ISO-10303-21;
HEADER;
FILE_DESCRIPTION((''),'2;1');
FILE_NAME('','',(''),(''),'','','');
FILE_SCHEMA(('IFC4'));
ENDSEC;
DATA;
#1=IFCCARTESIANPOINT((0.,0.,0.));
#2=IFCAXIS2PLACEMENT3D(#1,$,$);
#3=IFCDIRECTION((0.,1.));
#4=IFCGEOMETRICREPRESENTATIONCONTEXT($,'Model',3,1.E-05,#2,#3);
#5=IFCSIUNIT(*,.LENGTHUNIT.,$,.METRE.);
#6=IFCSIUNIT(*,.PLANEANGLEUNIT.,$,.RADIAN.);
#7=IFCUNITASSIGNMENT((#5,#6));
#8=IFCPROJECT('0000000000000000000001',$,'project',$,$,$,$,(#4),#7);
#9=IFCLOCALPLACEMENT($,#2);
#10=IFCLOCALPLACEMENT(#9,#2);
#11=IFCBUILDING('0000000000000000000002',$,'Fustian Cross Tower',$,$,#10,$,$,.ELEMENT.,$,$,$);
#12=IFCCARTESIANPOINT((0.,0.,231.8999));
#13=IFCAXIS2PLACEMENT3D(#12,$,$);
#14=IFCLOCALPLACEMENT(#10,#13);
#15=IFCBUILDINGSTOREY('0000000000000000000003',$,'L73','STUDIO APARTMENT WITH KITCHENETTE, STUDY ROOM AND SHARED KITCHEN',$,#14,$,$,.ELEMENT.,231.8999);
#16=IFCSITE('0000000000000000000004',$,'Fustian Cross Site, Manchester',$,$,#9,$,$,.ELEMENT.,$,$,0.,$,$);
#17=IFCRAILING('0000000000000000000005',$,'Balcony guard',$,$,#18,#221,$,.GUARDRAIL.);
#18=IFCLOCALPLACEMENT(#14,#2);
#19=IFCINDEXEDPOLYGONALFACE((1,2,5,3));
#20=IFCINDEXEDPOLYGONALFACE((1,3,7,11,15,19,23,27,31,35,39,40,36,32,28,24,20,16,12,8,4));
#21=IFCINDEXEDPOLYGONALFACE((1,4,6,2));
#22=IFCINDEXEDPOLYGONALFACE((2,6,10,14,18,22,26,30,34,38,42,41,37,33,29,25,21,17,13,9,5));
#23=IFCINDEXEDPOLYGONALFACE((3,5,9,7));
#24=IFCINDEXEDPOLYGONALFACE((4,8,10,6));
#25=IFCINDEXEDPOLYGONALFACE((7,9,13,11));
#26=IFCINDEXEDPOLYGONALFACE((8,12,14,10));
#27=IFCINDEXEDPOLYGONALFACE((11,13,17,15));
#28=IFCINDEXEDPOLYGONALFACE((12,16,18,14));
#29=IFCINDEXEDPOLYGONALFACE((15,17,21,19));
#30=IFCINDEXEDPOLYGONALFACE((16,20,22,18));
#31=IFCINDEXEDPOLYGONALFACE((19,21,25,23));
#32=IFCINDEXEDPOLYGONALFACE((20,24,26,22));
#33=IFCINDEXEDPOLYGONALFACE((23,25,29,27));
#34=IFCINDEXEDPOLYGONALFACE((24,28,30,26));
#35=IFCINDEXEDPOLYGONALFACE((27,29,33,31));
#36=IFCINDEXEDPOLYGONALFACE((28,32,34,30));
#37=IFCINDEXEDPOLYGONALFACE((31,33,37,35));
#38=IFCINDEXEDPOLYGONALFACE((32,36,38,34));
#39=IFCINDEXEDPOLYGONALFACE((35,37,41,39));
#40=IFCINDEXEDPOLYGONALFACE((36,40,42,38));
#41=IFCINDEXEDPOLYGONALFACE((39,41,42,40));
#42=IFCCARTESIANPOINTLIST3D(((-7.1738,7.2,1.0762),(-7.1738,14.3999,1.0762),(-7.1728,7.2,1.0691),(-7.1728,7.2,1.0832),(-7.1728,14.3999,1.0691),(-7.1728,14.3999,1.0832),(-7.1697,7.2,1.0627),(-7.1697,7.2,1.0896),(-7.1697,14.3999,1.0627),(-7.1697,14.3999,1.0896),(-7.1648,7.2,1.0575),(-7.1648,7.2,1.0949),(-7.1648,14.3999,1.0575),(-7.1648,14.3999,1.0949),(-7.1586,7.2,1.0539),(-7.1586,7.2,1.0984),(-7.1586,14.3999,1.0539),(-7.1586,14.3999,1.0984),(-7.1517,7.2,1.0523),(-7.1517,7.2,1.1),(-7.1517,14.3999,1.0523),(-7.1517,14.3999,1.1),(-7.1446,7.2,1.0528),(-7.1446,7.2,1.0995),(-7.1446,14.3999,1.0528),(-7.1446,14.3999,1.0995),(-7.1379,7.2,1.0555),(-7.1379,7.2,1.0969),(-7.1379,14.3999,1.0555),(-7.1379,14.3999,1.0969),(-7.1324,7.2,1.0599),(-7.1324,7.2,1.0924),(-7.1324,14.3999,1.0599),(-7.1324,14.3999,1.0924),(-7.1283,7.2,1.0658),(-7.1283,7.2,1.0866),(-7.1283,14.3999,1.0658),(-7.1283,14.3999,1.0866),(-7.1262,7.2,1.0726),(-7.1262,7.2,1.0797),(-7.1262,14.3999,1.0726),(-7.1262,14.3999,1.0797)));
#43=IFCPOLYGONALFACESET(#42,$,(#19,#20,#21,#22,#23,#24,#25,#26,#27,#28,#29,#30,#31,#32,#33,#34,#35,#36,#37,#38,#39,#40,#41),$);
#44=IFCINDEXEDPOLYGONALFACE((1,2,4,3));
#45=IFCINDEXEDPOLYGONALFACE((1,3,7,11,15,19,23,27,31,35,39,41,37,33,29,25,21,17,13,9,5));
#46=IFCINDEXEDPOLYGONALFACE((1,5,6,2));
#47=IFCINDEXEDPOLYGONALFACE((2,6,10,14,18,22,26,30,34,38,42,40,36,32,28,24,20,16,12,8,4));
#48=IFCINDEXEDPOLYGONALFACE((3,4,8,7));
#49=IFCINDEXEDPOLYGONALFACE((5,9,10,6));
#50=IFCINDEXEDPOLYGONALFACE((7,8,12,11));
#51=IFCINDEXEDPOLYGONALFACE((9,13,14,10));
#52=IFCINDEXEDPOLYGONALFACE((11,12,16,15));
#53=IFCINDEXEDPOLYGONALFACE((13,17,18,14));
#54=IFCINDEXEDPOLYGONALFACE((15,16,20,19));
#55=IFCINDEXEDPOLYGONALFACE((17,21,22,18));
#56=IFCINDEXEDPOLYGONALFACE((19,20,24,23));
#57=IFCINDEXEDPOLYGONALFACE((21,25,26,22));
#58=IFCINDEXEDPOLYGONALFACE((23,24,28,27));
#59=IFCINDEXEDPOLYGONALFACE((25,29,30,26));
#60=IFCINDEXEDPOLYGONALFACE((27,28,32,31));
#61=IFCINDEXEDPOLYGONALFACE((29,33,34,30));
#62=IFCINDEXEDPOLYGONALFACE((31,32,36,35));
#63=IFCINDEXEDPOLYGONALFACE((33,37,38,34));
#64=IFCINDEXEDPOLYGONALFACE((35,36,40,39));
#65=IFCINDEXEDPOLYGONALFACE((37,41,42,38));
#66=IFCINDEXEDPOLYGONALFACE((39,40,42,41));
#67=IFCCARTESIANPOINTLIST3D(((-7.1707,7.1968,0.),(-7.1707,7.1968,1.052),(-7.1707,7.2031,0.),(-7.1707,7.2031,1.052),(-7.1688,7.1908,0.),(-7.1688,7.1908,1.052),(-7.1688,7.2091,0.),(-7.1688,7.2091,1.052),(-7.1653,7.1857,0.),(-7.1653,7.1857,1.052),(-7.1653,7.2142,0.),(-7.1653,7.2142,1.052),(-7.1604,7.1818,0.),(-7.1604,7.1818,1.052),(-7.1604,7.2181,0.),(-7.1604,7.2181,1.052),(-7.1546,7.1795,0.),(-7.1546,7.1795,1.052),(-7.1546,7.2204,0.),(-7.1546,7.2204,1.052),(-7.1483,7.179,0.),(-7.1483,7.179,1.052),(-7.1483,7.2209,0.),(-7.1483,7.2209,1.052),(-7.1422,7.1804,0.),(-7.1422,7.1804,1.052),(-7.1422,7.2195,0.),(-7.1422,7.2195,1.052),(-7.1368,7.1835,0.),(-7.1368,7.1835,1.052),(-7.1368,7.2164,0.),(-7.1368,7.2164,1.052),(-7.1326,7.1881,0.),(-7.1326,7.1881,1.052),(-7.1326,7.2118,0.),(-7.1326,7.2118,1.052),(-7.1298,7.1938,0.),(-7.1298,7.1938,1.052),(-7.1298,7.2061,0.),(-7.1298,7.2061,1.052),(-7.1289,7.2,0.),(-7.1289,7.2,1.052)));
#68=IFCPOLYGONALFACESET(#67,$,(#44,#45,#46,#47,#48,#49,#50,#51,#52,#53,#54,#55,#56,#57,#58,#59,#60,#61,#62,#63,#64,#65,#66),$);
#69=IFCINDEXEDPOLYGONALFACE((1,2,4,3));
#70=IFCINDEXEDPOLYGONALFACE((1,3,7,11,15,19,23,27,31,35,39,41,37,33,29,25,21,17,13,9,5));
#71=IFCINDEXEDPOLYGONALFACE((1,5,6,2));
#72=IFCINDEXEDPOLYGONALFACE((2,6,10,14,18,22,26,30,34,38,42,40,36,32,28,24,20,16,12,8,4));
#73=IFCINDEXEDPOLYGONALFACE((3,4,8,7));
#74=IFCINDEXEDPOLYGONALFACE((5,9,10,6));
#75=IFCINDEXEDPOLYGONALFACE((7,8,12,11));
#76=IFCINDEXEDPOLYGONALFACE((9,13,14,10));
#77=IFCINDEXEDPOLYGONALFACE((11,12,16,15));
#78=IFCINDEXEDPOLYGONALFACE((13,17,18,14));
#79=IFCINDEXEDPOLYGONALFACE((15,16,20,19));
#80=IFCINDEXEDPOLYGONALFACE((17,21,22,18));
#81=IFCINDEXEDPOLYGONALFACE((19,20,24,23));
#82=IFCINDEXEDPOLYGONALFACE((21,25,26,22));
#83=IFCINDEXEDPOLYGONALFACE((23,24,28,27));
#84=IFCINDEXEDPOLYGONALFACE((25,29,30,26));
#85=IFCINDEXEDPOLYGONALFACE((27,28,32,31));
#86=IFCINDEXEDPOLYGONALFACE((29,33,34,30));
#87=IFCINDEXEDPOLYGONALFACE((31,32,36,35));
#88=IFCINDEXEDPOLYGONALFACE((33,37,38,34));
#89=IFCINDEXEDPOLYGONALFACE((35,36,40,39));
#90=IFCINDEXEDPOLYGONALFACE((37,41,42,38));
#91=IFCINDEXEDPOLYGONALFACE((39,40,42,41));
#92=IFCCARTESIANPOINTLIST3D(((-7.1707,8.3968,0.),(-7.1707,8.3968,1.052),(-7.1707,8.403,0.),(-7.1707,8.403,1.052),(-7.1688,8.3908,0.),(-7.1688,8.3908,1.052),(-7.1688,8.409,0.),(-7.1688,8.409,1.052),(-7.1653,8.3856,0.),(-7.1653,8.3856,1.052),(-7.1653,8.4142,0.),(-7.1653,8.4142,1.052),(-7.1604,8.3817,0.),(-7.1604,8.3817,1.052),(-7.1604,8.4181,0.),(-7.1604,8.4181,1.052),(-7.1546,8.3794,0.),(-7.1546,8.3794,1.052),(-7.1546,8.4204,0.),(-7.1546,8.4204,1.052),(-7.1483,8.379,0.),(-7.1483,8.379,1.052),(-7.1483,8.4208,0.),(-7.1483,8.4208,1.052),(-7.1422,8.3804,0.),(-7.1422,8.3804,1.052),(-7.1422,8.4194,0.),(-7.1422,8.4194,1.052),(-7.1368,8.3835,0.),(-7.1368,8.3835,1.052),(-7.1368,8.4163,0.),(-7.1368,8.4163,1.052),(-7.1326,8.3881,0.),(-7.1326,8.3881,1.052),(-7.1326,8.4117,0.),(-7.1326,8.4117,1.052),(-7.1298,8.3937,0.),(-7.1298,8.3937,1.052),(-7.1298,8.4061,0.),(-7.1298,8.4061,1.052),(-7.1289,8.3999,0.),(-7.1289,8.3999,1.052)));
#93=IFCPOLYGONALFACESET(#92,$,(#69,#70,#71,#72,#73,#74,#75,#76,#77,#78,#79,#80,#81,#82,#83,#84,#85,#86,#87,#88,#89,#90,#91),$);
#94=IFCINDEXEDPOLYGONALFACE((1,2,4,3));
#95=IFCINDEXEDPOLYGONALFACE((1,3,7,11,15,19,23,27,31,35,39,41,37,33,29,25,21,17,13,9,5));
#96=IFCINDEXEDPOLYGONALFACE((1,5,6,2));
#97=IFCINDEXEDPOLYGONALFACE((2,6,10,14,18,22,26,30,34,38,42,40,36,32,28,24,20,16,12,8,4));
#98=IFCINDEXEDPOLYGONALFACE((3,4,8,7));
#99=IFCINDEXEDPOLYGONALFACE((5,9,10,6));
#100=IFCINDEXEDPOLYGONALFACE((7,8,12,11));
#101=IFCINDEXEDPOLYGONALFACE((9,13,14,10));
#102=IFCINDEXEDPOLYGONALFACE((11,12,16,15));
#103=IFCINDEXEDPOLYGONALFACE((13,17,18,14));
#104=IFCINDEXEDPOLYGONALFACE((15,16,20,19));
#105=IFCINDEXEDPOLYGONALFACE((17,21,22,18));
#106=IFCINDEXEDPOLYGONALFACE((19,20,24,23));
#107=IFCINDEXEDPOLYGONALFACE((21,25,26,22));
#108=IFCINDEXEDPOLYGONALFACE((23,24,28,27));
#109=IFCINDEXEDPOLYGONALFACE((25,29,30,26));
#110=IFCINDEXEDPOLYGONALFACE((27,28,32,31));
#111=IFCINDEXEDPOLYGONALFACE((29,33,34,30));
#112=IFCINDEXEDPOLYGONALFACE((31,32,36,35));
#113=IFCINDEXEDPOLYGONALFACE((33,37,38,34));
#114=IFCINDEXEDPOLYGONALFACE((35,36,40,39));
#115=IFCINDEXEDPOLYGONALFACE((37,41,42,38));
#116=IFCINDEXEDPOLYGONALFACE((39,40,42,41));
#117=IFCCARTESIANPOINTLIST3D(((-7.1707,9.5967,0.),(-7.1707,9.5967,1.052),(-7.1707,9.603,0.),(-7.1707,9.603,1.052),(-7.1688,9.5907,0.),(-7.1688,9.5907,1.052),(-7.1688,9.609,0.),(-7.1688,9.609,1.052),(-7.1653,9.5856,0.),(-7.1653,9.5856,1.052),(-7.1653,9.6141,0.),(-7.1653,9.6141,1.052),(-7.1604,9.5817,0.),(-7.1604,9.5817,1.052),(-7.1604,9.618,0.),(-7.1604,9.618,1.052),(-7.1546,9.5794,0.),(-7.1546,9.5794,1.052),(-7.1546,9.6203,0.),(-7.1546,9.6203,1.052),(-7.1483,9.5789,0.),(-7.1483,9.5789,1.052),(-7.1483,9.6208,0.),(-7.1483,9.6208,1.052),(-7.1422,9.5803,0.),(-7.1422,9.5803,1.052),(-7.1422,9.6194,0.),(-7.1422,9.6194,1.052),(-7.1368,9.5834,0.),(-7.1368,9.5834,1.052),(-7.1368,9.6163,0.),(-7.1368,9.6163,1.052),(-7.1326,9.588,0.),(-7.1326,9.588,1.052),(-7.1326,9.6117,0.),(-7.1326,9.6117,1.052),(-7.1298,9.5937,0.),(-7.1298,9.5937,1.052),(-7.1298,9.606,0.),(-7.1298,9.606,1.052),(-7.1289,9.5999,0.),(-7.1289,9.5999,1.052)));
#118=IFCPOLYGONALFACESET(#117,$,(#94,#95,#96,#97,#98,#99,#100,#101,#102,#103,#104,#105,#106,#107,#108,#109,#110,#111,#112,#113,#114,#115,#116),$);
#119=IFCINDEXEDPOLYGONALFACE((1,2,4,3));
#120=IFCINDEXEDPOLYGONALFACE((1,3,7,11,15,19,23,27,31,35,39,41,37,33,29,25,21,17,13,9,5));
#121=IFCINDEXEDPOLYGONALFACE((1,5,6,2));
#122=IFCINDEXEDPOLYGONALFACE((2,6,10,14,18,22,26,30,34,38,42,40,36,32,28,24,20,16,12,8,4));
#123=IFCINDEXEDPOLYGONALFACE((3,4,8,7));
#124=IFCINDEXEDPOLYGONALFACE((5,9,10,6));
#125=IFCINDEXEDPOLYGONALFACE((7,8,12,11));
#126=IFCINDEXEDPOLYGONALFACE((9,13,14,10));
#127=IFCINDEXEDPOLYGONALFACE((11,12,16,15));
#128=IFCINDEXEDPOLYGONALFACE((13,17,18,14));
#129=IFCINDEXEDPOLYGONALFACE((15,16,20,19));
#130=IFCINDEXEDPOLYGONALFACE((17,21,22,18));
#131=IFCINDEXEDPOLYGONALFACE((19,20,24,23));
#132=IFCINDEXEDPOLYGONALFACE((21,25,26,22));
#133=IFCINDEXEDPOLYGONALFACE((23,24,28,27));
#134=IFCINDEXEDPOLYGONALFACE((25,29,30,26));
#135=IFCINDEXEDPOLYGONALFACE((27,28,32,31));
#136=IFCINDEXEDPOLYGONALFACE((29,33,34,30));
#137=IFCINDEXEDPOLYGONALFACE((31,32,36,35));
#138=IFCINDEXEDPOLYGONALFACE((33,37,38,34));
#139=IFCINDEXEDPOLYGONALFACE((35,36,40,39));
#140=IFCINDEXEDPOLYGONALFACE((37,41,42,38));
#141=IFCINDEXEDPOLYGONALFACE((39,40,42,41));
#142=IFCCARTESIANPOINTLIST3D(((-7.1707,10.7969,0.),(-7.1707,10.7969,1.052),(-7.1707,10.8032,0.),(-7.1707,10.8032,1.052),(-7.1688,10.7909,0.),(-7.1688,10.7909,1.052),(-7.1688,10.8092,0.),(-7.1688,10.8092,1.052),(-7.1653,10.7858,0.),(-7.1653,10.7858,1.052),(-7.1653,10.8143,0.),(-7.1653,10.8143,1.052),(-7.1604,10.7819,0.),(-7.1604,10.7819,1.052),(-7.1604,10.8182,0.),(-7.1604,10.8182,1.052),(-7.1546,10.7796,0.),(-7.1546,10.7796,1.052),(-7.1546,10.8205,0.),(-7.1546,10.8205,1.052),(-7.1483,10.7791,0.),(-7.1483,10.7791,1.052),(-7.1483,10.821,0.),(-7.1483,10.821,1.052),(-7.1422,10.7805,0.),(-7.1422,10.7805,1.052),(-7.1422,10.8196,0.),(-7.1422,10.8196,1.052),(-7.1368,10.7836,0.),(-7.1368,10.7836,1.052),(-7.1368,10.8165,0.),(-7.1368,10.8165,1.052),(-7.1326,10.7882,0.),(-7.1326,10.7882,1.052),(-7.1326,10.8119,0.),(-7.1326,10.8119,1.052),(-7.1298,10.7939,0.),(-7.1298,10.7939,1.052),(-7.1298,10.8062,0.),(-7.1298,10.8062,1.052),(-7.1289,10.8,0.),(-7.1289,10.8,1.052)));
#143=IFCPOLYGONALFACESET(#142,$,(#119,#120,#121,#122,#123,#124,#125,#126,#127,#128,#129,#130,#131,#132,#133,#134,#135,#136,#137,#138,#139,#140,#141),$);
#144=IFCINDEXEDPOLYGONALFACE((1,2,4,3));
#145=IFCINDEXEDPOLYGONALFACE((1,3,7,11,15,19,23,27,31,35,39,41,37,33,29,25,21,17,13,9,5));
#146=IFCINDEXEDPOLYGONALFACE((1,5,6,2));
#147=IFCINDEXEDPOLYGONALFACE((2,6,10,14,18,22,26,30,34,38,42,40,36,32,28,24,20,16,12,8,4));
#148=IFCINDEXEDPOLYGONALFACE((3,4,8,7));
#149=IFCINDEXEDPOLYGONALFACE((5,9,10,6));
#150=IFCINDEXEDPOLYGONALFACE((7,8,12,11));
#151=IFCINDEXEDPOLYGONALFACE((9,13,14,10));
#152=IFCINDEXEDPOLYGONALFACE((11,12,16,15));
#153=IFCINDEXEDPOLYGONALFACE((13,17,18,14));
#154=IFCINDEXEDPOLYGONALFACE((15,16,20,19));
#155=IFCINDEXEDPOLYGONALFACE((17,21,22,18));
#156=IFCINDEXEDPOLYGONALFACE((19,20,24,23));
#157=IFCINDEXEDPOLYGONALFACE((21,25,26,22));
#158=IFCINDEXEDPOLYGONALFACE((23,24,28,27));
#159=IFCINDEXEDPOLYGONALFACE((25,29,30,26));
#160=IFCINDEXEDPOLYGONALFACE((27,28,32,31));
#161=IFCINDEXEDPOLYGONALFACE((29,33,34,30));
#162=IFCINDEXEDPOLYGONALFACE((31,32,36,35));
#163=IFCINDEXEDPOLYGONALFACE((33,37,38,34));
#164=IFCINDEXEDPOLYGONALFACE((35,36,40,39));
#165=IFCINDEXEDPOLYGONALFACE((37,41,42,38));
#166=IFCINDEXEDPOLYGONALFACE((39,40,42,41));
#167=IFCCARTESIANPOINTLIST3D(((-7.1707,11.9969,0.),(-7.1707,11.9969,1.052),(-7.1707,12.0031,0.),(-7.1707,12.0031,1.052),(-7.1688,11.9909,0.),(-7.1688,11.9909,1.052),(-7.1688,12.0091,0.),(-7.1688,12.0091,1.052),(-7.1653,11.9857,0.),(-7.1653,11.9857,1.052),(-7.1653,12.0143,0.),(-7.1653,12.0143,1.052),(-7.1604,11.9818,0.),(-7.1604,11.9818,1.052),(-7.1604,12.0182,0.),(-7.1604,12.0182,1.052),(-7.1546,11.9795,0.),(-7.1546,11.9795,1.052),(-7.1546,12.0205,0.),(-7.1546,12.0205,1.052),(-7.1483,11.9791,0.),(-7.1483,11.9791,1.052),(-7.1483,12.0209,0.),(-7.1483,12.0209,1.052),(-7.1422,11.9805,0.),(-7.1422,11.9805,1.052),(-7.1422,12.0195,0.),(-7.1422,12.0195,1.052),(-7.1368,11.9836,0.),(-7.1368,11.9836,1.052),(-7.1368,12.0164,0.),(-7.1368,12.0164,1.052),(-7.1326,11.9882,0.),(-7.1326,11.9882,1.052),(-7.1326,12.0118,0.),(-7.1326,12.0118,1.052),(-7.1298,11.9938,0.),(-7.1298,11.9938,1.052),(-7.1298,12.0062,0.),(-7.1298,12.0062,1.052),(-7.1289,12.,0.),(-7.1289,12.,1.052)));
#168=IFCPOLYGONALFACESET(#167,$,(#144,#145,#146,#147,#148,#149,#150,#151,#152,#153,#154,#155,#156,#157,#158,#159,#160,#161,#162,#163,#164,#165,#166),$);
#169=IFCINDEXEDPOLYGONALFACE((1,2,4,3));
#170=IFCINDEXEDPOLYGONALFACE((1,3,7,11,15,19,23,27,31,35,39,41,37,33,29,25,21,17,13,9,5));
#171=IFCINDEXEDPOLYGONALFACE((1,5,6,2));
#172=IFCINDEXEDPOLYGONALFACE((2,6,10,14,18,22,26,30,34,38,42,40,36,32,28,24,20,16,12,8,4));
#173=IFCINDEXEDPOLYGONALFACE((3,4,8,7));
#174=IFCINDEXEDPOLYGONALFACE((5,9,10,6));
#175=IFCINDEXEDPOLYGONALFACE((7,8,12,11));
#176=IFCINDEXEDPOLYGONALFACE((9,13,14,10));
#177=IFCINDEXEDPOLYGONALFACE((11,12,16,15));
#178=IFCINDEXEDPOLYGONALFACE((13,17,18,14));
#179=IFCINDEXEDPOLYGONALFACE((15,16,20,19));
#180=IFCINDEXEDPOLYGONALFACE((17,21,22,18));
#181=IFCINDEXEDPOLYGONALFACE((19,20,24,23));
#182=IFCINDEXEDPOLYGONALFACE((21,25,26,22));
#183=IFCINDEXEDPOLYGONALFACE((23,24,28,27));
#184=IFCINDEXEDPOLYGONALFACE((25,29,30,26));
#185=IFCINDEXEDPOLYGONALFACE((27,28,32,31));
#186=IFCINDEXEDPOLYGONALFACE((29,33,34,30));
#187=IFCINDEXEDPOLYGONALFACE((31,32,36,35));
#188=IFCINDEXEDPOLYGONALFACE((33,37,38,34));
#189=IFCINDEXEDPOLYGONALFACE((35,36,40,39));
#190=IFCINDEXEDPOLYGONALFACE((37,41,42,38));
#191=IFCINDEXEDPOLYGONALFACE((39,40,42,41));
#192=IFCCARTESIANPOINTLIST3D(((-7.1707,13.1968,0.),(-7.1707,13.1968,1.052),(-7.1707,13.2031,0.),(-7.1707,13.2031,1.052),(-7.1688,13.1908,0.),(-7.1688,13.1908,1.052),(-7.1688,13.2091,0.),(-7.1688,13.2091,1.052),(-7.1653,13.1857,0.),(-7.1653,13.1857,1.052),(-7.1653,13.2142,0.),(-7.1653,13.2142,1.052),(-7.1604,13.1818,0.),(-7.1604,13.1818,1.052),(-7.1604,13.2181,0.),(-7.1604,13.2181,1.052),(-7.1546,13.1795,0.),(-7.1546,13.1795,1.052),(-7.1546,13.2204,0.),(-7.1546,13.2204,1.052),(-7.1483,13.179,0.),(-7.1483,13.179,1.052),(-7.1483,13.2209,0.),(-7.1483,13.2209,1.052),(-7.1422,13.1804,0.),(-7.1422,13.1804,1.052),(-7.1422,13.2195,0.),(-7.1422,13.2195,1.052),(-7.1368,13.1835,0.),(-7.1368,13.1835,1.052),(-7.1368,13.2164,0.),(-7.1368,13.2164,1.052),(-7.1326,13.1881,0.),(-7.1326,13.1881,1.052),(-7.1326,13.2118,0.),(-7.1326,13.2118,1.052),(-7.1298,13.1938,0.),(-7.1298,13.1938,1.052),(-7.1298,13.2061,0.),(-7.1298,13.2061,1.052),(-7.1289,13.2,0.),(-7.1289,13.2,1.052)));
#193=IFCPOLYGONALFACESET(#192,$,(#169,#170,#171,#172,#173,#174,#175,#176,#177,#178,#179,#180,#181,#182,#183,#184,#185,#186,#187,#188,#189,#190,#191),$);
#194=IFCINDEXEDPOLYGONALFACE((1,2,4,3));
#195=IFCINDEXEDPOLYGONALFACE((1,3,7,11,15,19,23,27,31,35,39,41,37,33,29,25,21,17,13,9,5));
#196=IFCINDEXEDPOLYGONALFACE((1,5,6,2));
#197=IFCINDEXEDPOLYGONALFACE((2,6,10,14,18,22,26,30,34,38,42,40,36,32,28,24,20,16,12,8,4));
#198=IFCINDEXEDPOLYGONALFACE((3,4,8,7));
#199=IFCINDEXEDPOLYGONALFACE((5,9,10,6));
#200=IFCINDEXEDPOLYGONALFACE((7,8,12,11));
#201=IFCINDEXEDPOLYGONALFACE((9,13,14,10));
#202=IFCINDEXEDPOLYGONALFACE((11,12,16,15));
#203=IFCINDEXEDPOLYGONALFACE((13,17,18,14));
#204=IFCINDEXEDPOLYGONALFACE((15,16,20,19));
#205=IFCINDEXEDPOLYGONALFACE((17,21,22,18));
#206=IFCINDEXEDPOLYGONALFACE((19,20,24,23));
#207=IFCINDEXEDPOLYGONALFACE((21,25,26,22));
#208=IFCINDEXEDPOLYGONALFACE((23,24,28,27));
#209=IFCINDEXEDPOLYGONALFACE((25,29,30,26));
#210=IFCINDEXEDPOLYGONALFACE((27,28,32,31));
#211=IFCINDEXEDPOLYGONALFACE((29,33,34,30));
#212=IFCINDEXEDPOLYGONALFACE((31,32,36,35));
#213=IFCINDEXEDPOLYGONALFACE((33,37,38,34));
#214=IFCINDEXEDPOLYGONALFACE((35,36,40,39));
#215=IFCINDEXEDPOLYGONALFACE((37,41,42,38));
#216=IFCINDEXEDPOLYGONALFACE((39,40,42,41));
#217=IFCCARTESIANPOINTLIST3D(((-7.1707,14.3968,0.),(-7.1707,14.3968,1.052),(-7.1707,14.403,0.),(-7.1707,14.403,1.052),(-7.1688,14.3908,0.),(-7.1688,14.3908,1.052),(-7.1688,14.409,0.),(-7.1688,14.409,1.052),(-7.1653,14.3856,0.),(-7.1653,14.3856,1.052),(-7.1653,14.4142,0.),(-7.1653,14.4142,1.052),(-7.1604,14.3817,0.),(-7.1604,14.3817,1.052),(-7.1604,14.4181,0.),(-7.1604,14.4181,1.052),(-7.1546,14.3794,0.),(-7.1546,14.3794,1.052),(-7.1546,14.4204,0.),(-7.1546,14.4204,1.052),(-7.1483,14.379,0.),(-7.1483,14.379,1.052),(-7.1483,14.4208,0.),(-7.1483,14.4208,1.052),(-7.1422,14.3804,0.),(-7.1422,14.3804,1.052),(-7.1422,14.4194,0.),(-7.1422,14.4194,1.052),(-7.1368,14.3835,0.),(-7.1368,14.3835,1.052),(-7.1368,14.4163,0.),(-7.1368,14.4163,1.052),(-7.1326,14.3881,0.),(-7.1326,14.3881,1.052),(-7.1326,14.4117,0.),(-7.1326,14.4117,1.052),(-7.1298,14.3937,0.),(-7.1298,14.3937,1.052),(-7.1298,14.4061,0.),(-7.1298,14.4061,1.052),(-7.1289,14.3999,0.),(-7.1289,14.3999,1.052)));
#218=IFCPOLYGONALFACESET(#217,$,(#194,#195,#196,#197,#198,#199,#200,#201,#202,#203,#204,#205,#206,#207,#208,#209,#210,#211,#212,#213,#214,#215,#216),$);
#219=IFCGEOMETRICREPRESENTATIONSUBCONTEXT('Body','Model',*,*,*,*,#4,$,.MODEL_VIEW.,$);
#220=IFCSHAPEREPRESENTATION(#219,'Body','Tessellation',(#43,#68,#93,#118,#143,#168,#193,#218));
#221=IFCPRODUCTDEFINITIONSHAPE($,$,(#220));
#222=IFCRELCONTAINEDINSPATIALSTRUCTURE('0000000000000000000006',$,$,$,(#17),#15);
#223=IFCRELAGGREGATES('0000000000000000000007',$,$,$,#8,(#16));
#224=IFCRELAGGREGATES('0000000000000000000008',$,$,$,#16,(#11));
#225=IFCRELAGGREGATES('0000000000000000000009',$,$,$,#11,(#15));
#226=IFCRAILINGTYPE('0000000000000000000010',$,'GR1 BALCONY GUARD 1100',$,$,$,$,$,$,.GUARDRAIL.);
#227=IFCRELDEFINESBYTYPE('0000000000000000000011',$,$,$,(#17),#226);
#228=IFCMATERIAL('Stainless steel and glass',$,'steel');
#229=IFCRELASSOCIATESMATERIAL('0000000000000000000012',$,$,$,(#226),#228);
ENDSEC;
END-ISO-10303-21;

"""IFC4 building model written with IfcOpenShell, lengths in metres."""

from ifc_helpers import new_model, si_unit, direction, frame, origin, origin_2d, place, context, subcontext, project, spatial, circle, extrude, material, type_object, element, save


model = new_model("IFC4")

# Units and contexts
model_context = context("Model", 3, precision=1e-05, world=origin(), true_north=direction((0.0, 1.0)))
body_context = subcontext(model_context, "Body", "Model", "MODEL_VIEW")
ifc_project = project(units=[si_unit("LENGTHUNIT", "METRE"), si_unit("PLANEANGLEUNIT", "RADIAN")], contexts=[model_context])

# Site, building, storey
site_placement = place(None, origin())
site = spatial("IfcSite", under=ifc_project, at=site_placement, Name="Fustian Cross Site, Manchester", CompositionType="ELEMENT", RefElevation=0.0)
building_placement = place(site_placement, origin())
building = spatial("IfcBuilding", under=site, at=building_placement, Name="Fustian Cross Tower", CompositionType="ELEMENT")
storey_placement = place(building_placement, frame((0.0, 0.0, 231.8999)))
storey = spatial("IfcBuildingStorey", under=building, at=storey_placement, Name="L73", Description="STUDIO APARTMENT WITH KITCHENETTE, STUDY ROOM AND SHARED KITCHEN", CompositionType="ELEMENT", Elevation=231.8999)

# Railing
ifc_material_1 = material(Name="Stainless steel and glass", Category="steel")
railing_type_1 = type_object("IfcRailingType", Name="GR1 BALCONY GUARD 1100", PredefinedType="GUARDRAIL", material=ifc_material_1)
railing_1_placement = place(storey_placement, frame((-7.1499, 7.2, 0.0)))
element("IfcRailing", 1, at=railing_1_placement, inside=storey, type_object=railing_type_1, Name="Balcony guard", PredefinedType="GUARDRAIL", context=body_context, shape_type="SweptSolid", body=[
    extrude(circle(Radius=0.0239, at=origin_2d()), frame((0.0, 0.0, 1.0762), z_axis=(0.0, 1.0, 0.0), x_axis=(-1.0, 0.0, 0.0)), (0.0, 0.0, 1.0), 7.2),
    extrude(circle(Radius=0.021, at=origin_2d()), origin(), (0.0, 0.0, 1.0), 1.052),
    extrude(circle(Radius=0.021, at=origin_2d()), frame((0.0, 1.2, 0.0)), (0.0, 0.0, 1.0), 1.052),
    extrude(circle(Radius=0.021, at=origin_2d()), frame((0.0, 2.3999, 0.0)), (0.0, 0.0, 1.0), 1.052),
    extrude(circle(Radius=0.021, at=origin_2d()), frame((0.0, 3.6001, 0.0)), (0.0, 0.0, 1.0), 1.052),
    extrude(circle(Radius=0.021, at=origin_2d()), frame((0.0, 4.8, 0.0)), (0.0, 0.0, 1.0), 1.052),
    extrude(circle(Radius=0.021, at=origin_2d()), frame((0.0, 6.0, 0.0)), (0.0, 0.0, 1.0), 1.052),
    extrude(circle(Radius=0.021, at=origin_2d()), frame((0.0, 7.2, 0.0)), (0.0, 0.0, 1.0), 1.052),
])

save(model, "model.ifc")
